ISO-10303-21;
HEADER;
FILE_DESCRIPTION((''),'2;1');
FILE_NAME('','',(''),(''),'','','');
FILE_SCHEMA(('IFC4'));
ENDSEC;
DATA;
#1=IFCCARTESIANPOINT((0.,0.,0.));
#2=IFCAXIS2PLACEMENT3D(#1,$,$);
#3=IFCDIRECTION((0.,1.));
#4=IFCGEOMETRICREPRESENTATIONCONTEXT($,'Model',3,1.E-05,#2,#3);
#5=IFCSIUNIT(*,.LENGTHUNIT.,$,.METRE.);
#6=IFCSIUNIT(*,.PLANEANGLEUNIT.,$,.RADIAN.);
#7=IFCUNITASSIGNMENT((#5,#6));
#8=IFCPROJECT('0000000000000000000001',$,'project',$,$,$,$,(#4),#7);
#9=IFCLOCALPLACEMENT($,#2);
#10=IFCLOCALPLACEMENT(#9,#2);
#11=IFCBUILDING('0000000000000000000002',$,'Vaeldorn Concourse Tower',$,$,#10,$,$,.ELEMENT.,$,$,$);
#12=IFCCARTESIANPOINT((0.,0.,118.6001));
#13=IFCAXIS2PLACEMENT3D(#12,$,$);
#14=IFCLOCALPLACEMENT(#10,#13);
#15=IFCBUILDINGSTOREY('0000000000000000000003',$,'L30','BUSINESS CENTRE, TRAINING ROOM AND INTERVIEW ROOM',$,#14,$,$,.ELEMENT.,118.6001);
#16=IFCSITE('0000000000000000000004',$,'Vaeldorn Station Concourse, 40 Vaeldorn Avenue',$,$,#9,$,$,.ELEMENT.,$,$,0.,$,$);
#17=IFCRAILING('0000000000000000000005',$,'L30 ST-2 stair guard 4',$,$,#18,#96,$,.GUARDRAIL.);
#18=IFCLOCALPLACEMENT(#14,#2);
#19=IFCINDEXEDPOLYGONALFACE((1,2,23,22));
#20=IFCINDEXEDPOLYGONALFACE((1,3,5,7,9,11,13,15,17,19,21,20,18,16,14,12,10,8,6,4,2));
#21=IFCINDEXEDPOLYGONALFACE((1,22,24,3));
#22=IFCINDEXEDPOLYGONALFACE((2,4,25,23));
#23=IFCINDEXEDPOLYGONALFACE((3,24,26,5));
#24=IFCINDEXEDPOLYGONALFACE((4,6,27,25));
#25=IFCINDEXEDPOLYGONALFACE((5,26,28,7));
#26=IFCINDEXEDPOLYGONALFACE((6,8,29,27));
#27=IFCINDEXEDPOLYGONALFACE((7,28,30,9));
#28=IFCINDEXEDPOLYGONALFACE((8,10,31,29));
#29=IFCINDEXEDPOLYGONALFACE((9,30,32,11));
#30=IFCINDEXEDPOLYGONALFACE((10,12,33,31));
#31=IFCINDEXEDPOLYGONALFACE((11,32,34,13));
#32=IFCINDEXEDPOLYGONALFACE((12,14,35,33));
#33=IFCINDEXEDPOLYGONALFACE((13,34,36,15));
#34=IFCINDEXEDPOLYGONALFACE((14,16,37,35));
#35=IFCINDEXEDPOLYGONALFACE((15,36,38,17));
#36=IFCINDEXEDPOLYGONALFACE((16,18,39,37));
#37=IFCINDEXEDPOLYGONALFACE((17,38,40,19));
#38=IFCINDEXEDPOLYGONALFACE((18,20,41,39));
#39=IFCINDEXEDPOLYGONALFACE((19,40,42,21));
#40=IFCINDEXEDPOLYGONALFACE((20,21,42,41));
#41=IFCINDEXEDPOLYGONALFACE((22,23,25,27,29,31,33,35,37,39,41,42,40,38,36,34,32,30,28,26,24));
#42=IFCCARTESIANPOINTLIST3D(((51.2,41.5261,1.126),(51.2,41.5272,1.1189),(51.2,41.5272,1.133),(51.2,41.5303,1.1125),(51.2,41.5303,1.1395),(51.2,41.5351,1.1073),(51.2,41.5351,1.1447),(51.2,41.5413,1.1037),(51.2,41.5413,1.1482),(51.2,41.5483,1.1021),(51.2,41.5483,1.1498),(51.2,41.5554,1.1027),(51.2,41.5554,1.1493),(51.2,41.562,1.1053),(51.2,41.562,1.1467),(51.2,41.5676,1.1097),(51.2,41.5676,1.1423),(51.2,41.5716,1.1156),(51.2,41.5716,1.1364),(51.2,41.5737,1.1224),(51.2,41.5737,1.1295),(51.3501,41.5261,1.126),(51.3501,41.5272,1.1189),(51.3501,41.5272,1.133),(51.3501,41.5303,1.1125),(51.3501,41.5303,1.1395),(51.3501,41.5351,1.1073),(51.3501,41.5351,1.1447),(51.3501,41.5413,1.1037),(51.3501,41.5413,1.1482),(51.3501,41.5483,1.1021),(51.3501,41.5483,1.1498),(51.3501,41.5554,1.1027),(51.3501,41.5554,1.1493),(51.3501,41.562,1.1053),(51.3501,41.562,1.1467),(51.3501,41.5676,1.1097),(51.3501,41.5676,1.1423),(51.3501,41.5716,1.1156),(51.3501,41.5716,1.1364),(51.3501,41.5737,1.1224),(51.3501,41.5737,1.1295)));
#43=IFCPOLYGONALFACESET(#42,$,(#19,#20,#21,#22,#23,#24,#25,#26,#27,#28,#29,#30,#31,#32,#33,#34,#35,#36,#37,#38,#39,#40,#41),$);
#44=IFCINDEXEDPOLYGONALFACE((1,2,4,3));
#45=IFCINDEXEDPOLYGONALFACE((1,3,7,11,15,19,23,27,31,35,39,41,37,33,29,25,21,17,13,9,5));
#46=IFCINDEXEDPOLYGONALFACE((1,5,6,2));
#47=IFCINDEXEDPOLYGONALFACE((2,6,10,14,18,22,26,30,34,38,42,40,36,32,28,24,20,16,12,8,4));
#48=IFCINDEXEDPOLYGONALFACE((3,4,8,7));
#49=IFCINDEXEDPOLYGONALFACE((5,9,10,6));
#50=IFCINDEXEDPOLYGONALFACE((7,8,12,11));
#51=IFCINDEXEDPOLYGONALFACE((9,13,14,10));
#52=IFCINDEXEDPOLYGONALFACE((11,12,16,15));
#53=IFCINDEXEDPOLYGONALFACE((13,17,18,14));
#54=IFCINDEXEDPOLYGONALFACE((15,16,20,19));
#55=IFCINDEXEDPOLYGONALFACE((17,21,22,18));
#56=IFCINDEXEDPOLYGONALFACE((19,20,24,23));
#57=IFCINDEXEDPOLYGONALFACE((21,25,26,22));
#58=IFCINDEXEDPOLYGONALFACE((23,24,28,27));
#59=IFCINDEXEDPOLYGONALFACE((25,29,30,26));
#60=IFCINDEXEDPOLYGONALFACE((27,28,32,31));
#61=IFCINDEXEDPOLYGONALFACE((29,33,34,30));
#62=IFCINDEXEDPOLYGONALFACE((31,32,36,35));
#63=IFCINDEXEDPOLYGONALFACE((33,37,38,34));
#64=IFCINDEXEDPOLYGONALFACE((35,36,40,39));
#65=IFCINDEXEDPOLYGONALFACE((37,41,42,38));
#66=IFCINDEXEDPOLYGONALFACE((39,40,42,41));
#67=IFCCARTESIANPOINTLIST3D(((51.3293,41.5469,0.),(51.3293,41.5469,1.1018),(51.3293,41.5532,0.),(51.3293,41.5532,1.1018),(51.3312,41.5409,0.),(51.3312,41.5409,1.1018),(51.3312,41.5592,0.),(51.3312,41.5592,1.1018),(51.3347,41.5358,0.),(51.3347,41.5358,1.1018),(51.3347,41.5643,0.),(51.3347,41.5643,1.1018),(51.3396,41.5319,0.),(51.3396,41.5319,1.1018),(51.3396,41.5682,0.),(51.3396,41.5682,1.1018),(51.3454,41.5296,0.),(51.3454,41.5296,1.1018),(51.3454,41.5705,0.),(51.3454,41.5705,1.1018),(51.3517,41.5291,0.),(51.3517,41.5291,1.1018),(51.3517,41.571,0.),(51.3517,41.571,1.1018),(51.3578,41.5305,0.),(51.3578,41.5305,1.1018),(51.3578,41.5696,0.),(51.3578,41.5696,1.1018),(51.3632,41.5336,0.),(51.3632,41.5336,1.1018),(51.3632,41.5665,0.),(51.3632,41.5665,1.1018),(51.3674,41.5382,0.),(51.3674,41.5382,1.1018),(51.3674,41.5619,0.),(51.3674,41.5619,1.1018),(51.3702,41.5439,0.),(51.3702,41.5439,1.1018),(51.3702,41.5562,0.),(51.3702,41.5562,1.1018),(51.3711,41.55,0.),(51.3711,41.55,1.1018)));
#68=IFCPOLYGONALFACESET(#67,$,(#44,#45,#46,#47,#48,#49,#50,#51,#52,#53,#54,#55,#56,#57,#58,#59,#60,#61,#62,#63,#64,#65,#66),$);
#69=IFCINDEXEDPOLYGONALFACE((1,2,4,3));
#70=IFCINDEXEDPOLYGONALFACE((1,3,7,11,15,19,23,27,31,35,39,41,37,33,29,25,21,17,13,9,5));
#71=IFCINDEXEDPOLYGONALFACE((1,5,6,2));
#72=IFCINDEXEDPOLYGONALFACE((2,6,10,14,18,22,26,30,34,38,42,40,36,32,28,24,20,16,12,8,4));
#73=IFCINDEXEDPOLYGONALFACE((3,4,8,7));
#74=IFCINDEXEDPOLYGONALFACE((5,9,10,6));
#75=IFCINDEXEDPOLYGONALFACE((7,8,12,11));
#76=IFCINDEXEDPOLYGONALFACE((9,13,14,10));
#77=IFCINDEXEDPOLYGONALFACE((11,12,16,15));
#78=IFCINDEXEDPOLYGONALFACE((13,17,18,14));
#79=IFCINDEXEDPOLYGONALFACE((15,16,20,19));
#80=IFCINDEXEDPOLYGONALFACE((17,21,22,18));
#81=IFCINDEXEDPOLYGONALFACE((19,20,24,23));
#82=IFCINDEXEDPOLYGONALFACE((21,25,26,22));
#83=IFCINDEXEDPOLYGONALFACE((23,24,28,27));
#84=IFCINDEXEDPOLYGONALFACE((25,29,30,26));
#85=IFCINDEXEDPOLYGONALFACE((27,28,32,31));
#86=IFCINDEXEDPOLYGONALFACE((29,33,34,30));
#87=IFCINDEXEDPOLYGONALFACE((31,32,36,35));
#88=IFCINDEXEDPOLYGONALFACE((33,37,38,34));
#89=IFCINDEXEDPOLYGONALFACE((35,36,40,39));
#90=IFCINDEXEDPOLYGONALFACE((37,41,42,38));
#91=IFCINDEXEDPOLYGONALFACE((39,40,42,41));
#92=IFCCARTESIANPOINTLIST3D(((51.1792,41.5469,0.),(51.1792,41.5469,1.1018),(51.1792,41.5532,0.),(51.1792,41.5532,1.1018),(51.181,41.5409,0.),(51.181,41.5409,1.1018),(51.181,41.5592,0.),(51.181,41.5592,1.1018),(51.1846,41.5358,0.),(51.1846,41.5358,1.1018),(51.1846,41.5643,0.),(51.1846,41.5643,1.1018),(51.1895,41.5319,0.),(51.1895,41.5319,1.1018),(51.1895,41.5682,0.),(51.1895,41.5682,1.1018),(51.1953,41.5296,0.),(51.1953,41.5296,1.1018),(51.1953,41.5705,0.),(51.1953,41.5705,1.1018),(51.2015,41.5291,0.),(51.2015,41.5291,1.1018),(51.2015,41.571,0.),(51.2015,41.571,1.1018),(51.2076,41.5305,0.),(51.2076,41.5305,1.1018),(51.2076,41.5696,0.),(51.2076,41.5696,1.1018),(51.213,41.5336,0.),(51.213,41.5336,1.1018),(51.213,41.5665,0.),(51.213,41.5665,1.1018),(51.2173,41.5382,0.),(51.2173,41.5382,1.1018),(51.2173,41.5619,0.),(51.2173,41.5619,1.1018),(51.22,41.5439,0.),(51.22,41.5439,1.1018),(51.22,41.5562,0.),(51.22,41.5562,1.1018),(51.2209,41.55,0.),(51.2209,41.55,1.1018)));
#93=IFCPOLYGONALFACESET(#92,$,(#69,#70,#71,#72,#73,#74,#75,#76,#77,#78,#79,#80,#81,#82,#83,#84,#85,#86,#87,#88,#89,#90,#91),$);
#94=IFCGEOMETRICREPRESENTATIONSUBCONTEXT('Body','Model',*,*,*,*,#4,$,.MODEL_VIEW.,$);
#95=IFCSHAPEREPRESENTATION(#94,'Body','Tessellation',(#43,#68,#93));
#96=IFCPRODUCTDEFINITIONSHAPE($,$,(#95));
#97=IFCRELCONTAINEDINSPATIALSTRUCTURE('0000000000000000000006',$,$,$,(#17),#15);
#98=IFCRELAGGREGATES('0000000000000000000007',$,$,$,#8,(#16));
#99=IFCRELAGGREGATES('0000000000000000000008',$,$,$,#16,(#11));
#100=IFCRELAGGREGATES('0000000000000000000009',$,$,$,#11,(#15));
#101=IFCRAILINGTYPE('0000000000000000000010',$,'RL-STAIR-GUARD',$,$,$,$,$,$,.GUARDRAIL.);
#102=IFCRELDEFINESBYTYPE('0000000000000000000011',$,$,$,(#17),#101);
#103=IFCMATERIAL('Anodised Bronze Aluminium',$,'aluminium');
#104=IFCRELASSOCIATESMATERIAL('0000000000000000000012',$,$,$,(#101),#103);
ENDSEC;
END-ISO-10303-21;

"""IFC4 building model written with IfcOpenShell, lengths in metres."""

from ifc_helpers import new_model, si_unit, direction, frame, origin, origin_2d, place, context, subcontext, project, spatial, circle, extrude, material, type_object, element, save


model = new_model("IFC4")

# Units and contexts
model_context = context("Model", 3, precision=1e-05, world=origin(), true_north=direction((0.0, 1.0)))
body_context = subcontext(model_context, "Body", "Model", "MODEL_VIEW")
ifc_project = project(units=[si_unit("LENGTHUNIT", "METRE"), si_unit("PLANEANGLEUNIT", "RADIAN")], contexts=[model_context])

# Site, building, storey
site_placement = place(None, origin())
site = spatial("IfcSite", under=ifc_project, at=site_placement, Name="Vaeldorn Station Concourse, 40 Vaeldorn Avenue", CompositionType="ELEMENT", RefElevation=0.0)
building_placement = place(site_placement, origin())
building = spatial("IfcBuilding", under=site, at=building_placement, Name="Vaeldorn Concourse Tower", CompositionType="ELEMENT")
storey_placement = place(building_placement, frame((0.0, 0.0, 118.6001)))
storey = spatial("IfcBuildingStorey", under=building, at=storey_placement, Name="L30", Description="BUSINESS CENTRE, TRAINING ROOM AND INTERVIEW ROOM", CompositionType="ELEMENT", Elevation=118.6001)

# Shared definitions
ifc_material_1 = material(Name="Anodised Bronze Aluminium", Category="aluminium")

# Railing
railing_type_1 = type_object("IfcRailingType", Name="RL-STAIR-GUARD", PredefinedType="GUARDRAIL", material=ifc_material_1)
railing_1_placement = place(storey_placement, frame((51.3501, 41.55, 0.0)))
element("IfcRailing", 1, at=railing_1_placement, inside=storey, type_object=railing_type_1, Name="L30 ST-2 stair guard 4", PredefinedType="GUARDRAIL", context=body_context, shape_type="SweptSolid", body=[
    extrude(circle(Radius=0.0239, at=origin_2d()), frame((0.0, 0.0, 1.126), z_axis=(-1.0, 0.0, 0.0), x_axis=(0.0, -1.0, 0.0)), (0.0, 0.0, 1.0), 0.1501),
    extrude(circle(Radius=0.021, at=origin_2d()), origin(), (0.0, 0.0, 1.0), 1.1018),
    extrude(circle(Radius=0.021, at=origin_2d()), frame((-0.1501, 0.0, 0.0)), (0.0, 0.0, 1.0), 1.1018),
])

save(model, "model.ifc")
